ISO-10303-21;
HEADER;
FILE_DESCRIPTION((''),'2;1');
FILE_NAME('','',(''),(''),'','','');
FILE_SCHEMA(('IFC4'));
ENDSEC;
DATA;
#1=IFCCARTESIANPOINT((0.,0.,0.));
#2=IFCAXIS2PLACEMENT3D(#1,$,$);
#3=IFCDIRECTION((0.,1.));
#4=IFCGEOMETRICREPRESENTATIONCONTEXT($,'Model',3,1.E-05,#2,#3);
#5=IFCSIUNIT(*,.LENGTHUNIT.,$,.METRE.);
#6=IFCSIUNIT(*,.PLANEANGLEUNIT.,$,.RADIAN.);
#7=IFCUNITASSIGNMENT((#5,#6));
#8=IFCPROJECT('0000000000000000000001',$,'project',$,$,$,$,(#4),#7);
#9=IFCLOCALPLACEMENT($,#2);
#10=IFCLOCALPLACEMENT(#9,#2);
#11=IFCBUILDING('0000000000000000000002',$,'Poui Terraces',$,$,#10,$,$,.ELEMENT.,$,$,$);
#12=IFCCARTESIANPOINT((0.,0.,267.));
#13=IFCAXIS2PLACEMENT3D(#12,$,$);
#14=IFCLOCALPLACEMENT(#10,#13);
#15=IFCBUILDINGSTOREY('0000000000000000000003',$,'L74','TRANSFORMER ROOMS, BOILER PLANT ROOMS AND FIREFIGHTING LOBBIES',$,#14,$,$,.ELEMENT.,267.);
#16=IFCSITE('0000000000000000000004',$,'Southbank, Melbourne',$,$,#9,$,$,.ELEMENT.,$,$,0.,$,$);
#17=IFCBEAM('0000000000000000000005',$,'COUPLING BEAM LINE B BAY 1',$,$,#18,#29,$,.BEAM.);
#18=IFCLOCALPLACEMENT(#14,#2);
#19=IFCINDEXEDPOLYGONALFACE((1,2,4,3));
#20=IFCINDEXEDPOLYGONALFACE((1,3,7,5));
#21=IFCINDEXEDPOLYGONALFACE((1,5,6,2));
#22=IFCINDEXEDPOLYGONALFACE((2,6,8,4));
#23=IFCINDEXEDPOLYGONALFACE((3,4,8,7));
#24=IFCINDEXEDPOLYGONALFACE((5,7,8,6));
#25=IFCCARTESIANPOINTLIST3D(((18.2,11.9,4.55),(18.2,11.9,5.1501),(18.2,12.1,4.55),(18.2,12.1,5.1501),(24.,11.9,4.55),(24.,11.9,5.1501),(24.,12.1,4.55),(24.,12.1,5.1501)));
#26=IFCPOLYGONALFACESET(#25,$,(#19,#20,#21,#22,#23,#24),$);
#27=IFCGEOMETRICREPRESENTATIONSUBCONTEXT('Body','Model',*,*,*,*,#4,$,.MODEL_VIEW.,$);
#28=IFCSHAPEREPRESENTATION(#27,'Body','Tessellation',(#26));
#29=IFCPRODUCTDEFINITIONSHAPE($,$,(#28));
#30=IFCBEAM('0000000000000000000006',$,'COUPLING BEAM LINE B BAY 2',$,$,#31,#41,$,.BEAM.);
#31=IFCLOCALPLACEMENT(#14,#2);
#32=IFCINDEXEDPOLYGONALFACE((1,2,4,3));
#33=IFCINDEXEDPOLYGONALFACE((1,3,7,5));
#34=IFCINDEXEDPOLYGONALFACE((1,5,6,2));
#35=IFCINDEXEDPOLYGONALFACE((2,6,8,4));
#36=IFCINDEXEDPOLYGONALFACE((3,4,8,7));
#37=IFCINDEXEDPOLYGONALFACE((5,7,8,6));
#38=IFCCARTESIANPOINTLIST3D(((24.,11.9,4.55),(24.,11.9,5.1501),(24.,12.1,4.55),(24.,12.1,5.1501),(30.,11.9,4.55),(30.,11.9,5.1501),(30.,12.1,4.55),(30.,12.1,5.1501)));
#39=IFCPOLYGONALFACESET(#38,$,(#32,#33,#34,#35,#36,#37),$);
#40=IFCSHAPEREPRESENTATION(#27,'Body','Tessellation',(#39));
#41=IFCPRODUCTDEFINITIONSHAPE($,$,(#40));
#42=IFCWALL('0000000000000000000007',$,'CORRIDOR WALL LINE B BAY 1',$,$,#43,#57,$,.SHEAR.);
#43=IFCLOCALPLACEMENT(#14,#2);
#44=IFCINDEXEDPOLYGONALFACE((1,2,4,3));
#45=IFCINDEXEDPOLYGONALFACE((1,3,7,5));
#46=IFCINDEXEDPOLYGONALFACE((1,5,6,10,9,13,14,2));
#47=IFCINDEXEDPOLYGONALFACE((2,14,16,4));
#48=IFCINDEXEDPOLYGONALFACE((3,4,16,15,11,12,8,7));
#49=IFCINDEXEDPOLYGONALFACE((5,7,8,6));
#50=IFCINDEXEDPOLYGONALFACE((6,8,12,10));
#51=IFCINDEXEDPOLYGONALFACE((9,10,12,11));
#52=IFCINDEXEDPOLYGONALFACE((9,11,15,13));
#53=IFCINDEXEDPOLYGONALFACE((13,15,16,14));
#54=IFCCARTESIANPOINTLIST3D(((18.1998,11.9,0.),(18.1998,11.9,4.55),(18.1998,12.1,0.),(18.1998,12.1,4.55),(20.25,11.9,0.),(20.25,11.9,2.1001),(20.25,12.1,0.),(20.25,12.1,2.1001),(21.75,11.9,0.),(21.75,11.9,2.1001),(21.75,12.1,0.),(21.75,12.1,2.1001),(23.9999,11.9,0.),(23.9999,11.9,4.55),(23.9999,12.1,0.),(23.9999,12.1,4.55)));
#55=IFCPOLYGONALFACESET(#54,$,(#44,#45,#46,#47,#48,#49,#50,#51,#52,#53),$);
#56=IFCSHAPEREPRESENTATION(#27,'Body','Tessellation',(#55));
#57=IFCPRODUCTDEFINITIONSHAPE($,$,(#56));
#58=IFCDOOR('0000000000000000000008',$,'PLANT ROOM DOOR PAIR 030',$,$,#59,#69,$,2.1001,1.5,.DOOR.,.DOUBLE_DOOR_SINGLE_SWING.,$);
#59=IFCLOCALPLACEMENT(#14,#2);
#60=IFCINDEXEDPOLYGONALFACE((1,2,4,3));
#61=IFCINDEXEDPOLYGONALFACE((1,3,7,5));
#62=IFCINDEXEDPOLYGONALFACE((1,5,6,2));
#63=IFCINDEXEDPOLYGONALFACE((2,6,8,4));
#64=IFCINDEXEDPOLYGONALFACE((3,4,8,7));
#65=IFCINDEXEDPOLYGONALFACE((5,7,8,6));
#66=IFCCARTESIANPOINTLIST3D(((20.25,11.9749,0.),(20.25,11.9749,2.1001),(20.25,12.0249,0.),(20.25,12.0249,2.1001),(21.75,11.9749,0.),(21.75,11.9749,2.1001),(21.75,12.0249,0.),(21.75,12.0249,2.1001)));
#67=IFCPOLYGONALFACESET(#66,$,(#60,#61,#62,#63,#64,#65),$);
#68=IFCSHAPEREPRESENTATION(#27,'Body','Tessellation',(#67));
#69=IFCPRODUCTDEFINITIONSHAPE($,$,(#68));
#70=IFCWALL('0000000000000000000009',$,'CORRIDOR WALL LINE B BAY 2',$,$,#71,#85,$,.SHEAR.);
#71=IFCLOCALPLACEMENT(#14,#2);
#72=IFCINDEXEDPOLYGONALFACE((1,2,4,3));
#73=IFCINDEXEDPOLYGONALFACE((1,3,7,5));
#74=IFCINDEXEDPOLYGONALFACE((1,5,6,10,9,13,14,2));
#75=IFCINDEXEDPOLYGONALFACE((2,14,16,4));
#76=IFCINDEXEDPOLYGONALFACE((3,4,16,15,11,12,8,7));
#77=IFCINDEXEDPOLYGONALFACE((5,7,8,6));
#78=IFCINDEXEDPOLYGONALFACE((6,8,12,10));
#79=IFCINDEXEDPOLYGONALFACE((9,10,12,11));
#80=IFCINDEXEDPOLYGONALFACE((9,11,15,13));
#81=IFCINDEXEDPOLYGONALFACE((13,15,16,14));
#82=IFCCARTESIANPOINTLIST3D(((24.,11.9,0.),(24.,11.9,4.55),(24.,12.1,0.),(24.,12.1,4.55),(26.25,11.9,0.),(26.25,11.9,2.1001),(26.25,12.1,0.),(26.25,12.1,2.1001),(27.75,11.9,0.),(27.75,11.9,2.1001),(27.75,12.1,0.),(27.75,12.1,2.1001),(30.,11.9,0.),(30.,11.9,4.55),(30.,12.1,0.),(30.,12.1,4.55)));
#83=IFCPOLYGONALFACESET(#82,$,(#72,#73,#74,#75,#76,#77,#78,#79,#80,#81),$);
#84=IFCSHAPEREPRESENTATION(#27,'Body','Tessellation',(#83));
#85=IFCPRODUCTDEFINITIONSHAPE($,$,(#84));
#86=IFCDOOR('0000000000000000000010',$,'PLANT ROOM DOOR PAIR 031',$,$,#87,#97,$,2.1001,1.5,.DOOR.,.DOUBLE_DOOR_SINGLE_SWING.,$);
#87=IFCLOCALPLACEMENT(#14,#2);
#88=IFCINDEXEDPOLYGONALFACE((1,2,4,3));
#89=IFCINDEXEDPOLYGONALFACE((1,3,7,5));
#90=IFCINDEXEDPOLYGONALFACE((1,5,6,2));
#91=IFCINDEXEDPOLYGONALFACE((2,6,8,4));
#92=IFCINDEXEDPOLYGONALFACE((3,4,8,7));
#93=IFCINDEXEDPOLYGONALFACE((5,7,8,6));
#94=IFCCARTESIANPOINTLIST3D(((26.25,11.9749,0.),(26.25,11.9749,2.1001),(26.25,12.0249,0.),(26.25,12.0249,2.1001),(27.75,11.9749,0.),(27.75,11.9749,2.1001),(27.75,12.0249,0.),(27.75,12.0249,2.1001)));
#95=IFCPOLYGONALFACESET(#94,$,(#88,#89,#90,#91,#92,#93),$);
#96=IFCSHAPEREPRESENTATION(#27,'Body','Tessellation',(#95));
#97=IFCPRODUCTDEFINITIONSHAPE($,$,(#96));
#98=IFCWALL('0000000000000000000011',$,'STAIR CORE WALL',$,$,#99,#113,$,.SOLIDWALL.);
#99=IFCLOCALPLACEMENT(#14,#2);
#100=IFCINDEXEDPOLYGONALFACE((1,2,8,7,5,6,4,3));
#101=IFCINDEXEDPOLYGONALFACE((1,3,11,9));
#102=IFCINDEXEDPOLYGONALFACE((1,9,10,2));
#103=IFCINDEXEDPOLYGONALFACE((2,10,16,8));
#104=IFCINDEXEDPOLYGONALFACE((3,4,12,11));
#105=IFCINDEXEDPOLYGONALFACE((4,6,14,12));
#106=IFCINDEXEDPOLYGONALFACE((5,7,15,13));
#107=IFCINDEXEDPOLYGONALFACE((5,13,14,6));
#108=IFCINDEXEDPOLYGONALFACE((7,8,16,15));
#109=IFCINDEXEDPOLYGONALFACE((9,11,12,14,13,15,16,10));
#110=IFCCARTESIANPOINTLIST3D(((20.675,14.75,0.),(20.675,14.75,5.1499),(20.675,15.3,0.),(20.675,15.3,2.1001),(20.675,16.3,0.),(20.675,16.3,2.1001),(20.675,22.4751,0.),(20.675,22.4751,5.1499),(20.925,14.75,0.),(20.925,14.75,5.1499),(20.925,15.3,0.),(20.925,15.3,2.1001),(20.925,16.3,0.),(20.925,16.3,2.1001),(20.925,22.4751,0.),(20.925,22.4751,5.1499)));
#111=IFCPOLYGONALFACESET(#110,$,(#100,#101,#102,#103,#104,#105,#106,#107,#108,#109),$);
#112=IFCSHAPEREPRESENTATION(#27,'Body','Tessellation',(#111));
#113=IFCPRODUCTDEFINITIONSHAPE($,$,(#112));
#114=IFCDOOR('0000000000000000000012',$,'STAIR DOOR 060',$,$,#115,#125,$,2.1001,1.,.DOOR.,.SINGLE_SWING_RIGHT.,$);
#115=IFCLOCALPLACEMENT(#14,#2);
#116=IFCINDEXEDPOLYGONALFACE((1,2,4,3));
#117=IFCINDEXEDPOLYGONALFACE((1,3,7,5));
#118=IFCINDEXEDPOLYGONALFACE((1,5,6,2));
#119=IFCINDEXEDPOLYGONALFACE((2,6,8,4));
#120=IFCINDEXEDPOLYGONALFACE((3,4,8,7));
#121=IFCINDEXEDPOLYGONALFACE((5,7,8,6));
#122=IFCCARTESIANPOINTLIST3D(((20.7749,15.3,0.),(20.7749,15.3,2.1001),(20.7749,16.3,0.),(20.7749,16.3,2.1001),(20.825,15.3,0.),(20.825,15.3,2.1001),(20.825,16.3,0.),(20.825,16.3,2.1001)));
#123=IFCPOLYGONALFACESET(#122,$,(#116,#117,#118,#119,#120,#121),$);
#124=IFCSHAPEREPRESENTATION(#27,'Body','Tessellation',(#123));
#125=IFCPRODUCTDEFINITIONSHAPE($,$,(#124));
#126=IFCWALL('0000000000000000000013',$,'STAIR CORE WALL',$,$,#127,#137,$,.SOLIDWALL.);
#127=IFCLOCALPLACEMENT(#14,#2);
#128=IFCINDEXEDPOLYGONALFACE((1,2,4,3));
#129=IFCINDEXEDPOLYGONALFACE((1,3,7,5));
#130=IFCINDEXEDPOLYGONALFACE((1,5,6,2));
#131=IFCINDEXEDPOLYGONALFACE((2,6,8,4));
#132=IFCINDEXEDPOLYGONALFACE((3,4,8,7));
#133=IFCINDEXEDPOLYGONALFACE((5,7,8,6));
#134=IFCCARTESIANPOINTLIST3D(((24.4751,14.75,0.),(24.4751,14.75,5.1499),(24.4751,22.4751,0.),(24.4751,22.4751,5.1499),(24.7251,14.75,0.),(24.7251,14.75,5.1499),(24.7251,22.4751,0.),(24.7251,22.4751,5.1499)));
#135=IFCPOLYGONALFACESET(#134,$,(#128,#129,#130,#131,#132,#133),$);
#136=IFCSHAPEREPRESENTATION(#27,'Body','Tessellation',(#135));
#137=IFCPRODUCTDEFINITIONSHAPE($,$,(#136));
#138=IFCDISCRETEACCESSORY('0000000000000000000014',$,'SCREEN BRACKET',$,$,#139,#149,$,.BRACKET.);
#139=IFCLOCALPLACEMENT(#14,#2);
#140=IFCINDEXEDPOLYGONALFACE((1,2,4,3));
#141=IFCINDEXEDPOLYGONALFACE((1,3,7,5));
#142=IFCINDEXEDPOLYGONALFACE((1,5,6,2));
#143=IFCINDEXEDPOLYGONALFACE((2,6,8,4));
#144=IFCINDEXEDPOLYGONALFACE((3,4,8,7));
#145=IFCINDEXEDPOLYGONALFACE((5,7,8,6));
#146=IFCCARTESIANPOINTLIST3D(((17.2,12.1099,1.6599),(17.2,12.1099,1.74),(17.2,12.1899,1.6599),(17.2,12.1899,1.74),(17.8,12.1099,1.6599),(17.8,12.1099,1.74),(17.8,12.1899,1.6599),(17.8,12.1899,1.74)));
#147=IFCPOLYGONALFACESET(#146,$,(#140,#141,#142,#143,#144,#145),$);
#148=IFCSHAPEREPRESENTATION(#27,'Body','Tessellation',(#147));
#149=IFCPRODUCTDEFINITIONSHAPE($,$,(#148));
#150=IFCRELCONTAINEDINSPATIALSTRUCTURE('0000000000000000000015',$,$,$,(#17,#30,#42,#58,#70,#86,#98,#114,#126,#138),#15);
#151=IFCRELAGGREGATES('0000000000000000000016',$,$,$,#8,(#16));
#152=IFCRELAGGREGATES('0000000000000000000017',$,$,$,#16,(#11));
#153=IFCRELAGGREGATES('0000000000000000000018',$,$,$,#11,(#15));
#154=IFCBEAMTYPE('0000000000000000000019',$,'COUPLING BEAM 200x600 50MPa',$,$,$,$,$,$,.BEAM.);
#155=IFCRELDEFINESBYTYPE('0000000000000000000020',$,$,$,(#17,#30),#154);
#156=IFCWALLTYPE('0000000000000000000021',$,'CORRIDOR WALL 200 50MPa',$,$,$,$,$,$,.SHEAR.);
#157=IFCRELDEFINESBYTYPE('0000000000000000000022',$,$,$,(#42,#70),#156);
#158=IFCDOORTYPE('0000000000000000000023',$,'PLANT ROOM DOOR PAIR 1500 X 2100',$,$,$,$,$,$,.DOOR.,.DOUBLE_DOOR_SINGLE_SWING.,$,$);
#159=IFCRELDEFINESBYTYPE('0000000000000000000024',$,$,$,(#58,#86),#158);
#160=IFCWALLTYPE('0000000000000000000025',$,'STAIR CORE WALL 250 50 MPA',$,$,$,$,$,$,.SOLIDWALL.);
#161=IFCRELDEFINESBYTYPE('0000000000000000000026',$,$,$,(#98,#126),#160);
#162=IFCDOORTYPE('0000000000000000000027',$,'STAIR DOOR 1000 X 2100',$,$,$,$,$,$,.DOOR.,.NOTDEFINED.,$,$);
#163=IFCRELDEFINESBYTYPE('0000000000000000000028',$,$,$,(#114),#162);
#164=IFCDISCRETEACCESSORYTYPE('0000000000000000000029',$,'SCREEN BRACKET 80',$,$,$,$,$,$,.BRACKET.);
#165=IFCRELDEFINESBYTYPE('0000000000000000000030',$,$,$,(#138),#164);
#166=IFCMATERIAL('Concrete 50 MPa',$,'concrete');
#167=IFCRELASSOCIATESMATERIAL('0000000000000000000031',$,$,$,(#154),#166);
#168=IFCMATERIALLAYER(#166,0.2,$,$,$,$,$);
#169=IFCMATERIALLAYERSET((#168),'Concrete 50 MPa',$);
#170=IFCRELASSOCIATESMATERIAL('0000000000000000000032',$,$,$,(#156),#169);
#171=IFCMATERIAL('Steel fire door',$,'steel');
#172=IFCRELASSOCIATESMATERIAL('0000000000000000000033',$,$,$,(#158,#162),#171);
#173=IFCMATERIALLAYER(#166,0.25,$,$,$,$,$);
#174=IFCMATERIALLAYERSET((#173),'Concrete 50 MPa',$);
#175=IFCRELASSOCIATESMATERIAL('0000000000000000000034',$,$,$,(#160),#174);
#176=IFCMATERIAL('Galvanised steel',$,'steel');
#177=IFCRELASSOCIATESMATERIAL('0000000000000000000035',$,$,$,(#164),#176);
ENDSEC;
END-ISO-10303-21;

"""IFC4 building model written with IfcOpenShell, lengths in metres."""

from ifc_helpers import new_model, si_unit, direction, frame, frame_2d, origin, origin_2d, place, context, subcontext, project, spatial, rectangle, extrude, source, transform, mapped, material, layer, layer_set, material_profile, profile_set, type_object, element, fill, save


model = new_model("IFC4")

# Units and contexts
model_context = context("Model", 3, precision=1e-05, world=origin(), true_north=direction((0.0, 1.0)))
body_context = subcontext(model_context, "Body", "Model", "MODEL_VIEW")
ifc_project = project(units=[si_unit("LENGTHUNIT", "METRE"), si_unit("PLANEANGLEUNIT", "RADIAN")], contexts=[model_context])

# Site, building, storey
site_placement = place(None, origin())
site = spatial("IfcSite", under=ifc_project, at=site_placement, Name="Southbank, Melbourne", CompositionType="ELEMENT", RefElevation=0.0)
building_placement = place(site_placement, origin())
building = spatial("IfcBuilding", under=site, at=building_placement, Name="Poui Terraces", CompositionType="ELEMENT")
storey_placement = place(building_placement, frame((0.0, 0.0, 267.0)))
storey = spatial("IfcBuildingStorey", under=building, at=storey_placement, Name="L74", Description="TRANSFORMER ROOMS, BOILER PLANT ROOMS AND FIREFIGHTING LOBBIES", CompositionType="ELEMENT", Elevation=267.0)

# Beams
ifc_material_1 = material(Name="Concrete 50 MPa", Category="concrete")
ifc_material_profile_1 = material_profile(ifc_material_1, rectangle(XDim=0.2, YDim=0.6001, at=origin_2d()), Name="RC 200x600")
ifc_profile_set_1 = profile_set([ifc_material_profile_1], Name="Concrete 50 MPa")
beam_type = type_object("IfcBeamType", Name="COUPLING BEAM 200x600 50MPa", PredefinedType="BEAM", material=ifc_profile_set_1)
shared_shape_1 = source(origin(), body_context, "Body", "SweptSolid", [
    extrude(rectangle(XDim=0.2, YDim=0.6001, at=origin_2d()), origin(), (0.0, 0.0, 1.0), 5.8),
])
beam_1_placement = place(storey_placement, frame((18.2, 12.0, 4.8501), z_axis=(1.0, 0.0, 0.0), x_axis=(0.0, 1.0, 0.0)))
element("IfcBeam", 1, at=beam_1_placement, inside=storey, type_object=beam_type, Name="COUPLING BEAM LINE B BAY 1", PredefinedType="BEAM", context=body_context, shape_type="MappedRepresentation", body=[
    mapped(shared_shape_1, transform((0.0, 0.0, 0.0))),
])
shared_shape_2 = source(origin(), body_context, "Body", "SweptSolid", [
    extrude(rectangle(XDim=0.2, YDim=0.6001, at=origin_2d()), origin(), (0.0, 0.0, 1.0), 6.0),
])
beam_2_placement = place(storey_placement, frame((24.0, 12.0, 4.8501), z_axis=(1.0, 0.0, 0.0), x_axis=(0.0, 1.0, 0.0)))
element("IfcBeam", 2, at=beam_2_placement, inside=storey, type_object=beam_type, Name="COUPLING BEAM LINE B BAY 2", PredefinedType="BEAM", context=body_context, shape_type="MappedRepresentation", body=[
    mapped(shared_shape_2, transform((0.0, 0.0, 0.0))),
])

# Walls, openings, doors
ifc_layer_1 = layer(ifc_material_1, 0.2)
ifc_layer_set_1 = layer_set([ifc_layer_1], Name="Concrete 50 MPa")
wall_type_1 = type_object("IfcWallType", Name="CORRIDOR WALL 200 50MPa", PredefinedType="SHEAR", material=ifc_layer_set_1)
wall_1_placement = place(storey_placement, frame((18.2, 12.0, 0.0), z_axis=(0.0, 0.0, 1.0), x_axis=(1.0, 0.0, 0.0)))
wall_1 = element("IfcWall", 3, at=wall_1_placement, inside=storey, type_object=wall_type_1, Name="CORRIDOR WALL LINE B BAY 1", PredefinedType="SHEAR", context=body_context, shape_type="SweptSolid", body=[
    extrude(rectangle(XDim=5.8, YDim=0.2, at=frame_2d((2.8999, 0.0))), origin(), (0.0, 0.0, 1.0), 4.55),
])
opening_1_placement = place(wall_1_placement, frame((2.05, 0.0, 0.0)))
opening_1 = element("IfcOpeningElement", 4, at=opening_1_placement, cuts=wall_1, PredefinedType="OPENING", context=body_context, shape_type="SweptSolid", body=[
    extrude(rectangle(XDim=1.5, YDim=2.1001, at=frame_2d((0.75, 1.05))), frame((0.0, 0.1099, 0.0), z_axis=(0.0, -1.0, 0.0), x_axis=(1.0, 0.0, 0.0)), (0.0, 0.0, 1.0), 0.22),
])
ifc_material_2 = material(Name="Steel fire door", Category="steel")
door_type_1 = type_object("IfcDoorType", Name="PLANT ROOM DOOR PAIR 1500 X 2100", OperationType="DOUBLE_DOOR_SINGLE_SWING", PredefinedType="DOOR", material=ifc_material_2)
door_1_placement = place(opening_1_placement, origin())
door_1 = element("IfcDoor", 5, at=door_1_placement, inside=storey, type_object=door_type_1, Name="PLANT ROOM DOOR PAIR 030", OperationType="DOUBLE_DOOR_SINGLE_SWING", OverallHeight=2.1001, OverallWidth=1.5, PredefinedType="DOOR", context=body_context, shape_type="SweptSolid", body=[
    extrude(rectangle(XDim=1.5, YDim=2.1001, at=frame_2d((0.75, 1.05))), frame((0.0, 0.0249, 0.0), z_axis=(0.0, -1.0, 0.0), x_axis=(1.0, 0.0, 0.0)), (0.0, 0.0, 1.0), 0.05),
])
fill(opening_1, door_1)
wall_2_placement = place(storey_placement, frame((24.0, 12.0, 0.0), z_axis=(0.0, 0.0, 1.0), x_axis=(1.0, 0.0, 0.0)))
wall_2 = element("IfcWall", 6, at=wall_2_placement, inside=storey, type_object=wall_type_1, Name="CORRIDOR WALL LINE B BAY 2", PredefinedType="SHEAR", context=body_context, shape_type="SweptSolid", body=[
    extrude(rectangle(XDim=6.0, YDim=0.2, at=frame_2d((3.0, 0.0))), origin(), (0.0, 0.0, 1.0), 4.55),
])
opening_2_placement = place(wall_2_placement, frame((2.25, 0.0, 0.0)))
opening_2 = element("IfcOpeningElement", 7, at=opening_2_placement, cuts=wall_2, PredefinedType="OPENING", context=body_context, shape_type="SweptSolid", body=[
    extrude(rectangle(XDim=1.5, YDim=2.1001, at=frame_2d((0.75, 1.05))), frame((0.0, 0.1099, 0.0), z_axis=(0.0, -1.0, 0.0), x_axis=(1.0, 0.0, 0.0)), (0.0, 0.0, 1.0), 0.22),
])
door_2_placement = place(opening_2_placement, origin())
door_2 = element("IfcDoor", 8, at=door_2_placement, inside=storey, type_object=door_type_1, Name="PLANT ROOM DOOR PAIR 031", OperationType="DOUBLE_DOOR_SINGLE_SWING", OverallHeight=2.1001, OverallWidth=1.5, PredefinedType="DOOR", context=body_context, shape_type="SweptSolid", body=[
    extrude(rectangle(XDim=1.5, YDim=2.1001, at=frame_2d((0.75, 1.05))), frame((0.0, 0.0249, 0.0), z_axis=(0.0, -1.0, 0.0), x_axis=(1.0, 0.0, 0.0)), (0.0, 0.0, 1.0), 0.05),
])
fill(opening_2, door_2)

# Shared definitions
door_type_2 = type_object("IfcDoorType", Name="STAIR DOOR 1000 X 2100", OperationType="NOTDEFINED", PredefinedType="DOOR", material=ifc_material_2)

# Wall, opening, door
ifc_layer_2 = layer(ifc_material_1, 0.25)
ifc_layer_set_2 = layer_set([ifc_layer_2], Name="Concrete 50 MPa")
wall_type_2 = type_object("IfcWallType", Name="STAIR CORE WALL 250 50 MPA", PredefinedType="SOLIDWALL", material=ifc_layer_set_2)
wall_3_placement = place(storey_placement, frame((20.8, 14.75, 0.0), z_axis=(0.0, 0.0, 1.0), x_axis=(0.0, 1.0, 0.0)))
wall_3 = element("IfcWall", 9, at=wall_3_placement, inside=storey, type_object=wall_type_2, Name="STAIR CORE WALL", PredefinedType="SOLIDWALL", context=body_context, shape_type="SweptSolid", body=[
    extrude(rectangle(XDim=7.7251, YDim=0.25, at=frame_2d((3.8625, 0.0))), origin(), (0.0, 0.0, 1.0), 5.1499),
])
opening_3_placement = place(wall_3_placement, frame((0.55, 0.0, 0.0)))
opening_3 = element("IfcOpeningElement", 10, at=opening_3_placement, cuts=wall_3, PredefinedType="OPENING", context=body_context, shape_type="SweptSolid", body=[
    extrude(rectangle(XDim=1.0, YDim=2.1001, at=frame_2d((0.5, 1.05))), frame((0.0, 0.135, 0.0), z_axis=(0.0, -1.0, 0.0), x_axis=(1.0, 0.0, 0.0)), (0.0, 0.0, 1.0), 0.27),
])
door_3_placement = place(opening_3_placement, frame((1.0, 0.0, 0.0), z_axis=(0.0, 0.0, 1.0), x_axis=(-1.0, 0.0, 0.0)))
door_3 = element("IfcDoor", 11, at=door_3_placement, inside=storey, type_object=door_type_2, Name="STAIR DOOR 060", OperationType="SINGLE_SWING_RIGHT", OverallHeight=2.1001, OverallWidth=1.0, PredefinedType="DOOR", context=body_context, shape_type="SweptSolid", body=[
    extrude(rectangle(XDim=1.0, YDim=2.1001, at=frame_2d((0.5, 1.05))), frame((0.0, 0.0249, 0.0), z_axis=(0.0, -1.0, 0.0), x_axis=(1.0, 0.0, 0.0)), (0.0, 0.0, 1.0), 0.05),
])
fill(opening_3, door_3)

# Wall
wall_4_placement = place(storey_placement, frame((24.6001, 14.75, 0.0), z_axis=(0.0, 0.0, 1.0), x_axis=(0.0, 1.0, 0.0)))
element("IfcWall", 12, at=wall_4_placement, inside=storey, type_object=wall_type_2, Name="STAIR CORE WALL", PredefinedType="SOLIDWALL", context=body_context, shape_type="SweptSolid", body=[
    extrude(rectangle(XDim=7.7251, YDim=0.25, at=frame_2d((3.8625, 0.0))), origin(), (0.0, 0.0, 1.0), 5.1499),
])

# Discrete accessory
ifc_material_3 = material(Name="Galvanised steel", Category="steel")
ifc_material_profile_2 = material_profile(ifc_material_3, rectangle(XDim=0.0801, YDim=0.0801, at=origin_2d()), Name="SCREEN BRACKET 80")
ifc_profile_set_2 = profile_set([ifc_material_profile_2], Name="Galvanised steel")
discrete_accessory_type = type_object("IfcDiscreteAccessoryType", Name="SCREEN BRACKET 80", PredefinedType="BRACKET", material=ifc_profile_set_2)
shared_shape_3 = source(origin(), body_context, "Body", "SweptSolid", [
    extrude(rectangle(XDim=0.0801, YDim=0.0801, at=origin_2d()), origin(), (0.0, 0.0, 1.0), 0.6001),
])
discrete_accessory_placement = place(storey_placement, frame((17.8, 12.1499, 1.7), z_axis=(-1.0, 0.0, 0.0), x_axis=(0.0, -1.0, 0.0)))
element("IfcDiscreteAccessory", 13, at=discrete_accessory_placement, inside=storey, type_object=discrete_accessory_type, Name="SCREEN BRACKET", PredefinedType="BRACKET", context=body_context, shape_type="MappedRepresentation", body=[
    mapped(shared_shape_3, transform((0.0, 0.0, 0.0))),
])

save(model, "model.ifc")
